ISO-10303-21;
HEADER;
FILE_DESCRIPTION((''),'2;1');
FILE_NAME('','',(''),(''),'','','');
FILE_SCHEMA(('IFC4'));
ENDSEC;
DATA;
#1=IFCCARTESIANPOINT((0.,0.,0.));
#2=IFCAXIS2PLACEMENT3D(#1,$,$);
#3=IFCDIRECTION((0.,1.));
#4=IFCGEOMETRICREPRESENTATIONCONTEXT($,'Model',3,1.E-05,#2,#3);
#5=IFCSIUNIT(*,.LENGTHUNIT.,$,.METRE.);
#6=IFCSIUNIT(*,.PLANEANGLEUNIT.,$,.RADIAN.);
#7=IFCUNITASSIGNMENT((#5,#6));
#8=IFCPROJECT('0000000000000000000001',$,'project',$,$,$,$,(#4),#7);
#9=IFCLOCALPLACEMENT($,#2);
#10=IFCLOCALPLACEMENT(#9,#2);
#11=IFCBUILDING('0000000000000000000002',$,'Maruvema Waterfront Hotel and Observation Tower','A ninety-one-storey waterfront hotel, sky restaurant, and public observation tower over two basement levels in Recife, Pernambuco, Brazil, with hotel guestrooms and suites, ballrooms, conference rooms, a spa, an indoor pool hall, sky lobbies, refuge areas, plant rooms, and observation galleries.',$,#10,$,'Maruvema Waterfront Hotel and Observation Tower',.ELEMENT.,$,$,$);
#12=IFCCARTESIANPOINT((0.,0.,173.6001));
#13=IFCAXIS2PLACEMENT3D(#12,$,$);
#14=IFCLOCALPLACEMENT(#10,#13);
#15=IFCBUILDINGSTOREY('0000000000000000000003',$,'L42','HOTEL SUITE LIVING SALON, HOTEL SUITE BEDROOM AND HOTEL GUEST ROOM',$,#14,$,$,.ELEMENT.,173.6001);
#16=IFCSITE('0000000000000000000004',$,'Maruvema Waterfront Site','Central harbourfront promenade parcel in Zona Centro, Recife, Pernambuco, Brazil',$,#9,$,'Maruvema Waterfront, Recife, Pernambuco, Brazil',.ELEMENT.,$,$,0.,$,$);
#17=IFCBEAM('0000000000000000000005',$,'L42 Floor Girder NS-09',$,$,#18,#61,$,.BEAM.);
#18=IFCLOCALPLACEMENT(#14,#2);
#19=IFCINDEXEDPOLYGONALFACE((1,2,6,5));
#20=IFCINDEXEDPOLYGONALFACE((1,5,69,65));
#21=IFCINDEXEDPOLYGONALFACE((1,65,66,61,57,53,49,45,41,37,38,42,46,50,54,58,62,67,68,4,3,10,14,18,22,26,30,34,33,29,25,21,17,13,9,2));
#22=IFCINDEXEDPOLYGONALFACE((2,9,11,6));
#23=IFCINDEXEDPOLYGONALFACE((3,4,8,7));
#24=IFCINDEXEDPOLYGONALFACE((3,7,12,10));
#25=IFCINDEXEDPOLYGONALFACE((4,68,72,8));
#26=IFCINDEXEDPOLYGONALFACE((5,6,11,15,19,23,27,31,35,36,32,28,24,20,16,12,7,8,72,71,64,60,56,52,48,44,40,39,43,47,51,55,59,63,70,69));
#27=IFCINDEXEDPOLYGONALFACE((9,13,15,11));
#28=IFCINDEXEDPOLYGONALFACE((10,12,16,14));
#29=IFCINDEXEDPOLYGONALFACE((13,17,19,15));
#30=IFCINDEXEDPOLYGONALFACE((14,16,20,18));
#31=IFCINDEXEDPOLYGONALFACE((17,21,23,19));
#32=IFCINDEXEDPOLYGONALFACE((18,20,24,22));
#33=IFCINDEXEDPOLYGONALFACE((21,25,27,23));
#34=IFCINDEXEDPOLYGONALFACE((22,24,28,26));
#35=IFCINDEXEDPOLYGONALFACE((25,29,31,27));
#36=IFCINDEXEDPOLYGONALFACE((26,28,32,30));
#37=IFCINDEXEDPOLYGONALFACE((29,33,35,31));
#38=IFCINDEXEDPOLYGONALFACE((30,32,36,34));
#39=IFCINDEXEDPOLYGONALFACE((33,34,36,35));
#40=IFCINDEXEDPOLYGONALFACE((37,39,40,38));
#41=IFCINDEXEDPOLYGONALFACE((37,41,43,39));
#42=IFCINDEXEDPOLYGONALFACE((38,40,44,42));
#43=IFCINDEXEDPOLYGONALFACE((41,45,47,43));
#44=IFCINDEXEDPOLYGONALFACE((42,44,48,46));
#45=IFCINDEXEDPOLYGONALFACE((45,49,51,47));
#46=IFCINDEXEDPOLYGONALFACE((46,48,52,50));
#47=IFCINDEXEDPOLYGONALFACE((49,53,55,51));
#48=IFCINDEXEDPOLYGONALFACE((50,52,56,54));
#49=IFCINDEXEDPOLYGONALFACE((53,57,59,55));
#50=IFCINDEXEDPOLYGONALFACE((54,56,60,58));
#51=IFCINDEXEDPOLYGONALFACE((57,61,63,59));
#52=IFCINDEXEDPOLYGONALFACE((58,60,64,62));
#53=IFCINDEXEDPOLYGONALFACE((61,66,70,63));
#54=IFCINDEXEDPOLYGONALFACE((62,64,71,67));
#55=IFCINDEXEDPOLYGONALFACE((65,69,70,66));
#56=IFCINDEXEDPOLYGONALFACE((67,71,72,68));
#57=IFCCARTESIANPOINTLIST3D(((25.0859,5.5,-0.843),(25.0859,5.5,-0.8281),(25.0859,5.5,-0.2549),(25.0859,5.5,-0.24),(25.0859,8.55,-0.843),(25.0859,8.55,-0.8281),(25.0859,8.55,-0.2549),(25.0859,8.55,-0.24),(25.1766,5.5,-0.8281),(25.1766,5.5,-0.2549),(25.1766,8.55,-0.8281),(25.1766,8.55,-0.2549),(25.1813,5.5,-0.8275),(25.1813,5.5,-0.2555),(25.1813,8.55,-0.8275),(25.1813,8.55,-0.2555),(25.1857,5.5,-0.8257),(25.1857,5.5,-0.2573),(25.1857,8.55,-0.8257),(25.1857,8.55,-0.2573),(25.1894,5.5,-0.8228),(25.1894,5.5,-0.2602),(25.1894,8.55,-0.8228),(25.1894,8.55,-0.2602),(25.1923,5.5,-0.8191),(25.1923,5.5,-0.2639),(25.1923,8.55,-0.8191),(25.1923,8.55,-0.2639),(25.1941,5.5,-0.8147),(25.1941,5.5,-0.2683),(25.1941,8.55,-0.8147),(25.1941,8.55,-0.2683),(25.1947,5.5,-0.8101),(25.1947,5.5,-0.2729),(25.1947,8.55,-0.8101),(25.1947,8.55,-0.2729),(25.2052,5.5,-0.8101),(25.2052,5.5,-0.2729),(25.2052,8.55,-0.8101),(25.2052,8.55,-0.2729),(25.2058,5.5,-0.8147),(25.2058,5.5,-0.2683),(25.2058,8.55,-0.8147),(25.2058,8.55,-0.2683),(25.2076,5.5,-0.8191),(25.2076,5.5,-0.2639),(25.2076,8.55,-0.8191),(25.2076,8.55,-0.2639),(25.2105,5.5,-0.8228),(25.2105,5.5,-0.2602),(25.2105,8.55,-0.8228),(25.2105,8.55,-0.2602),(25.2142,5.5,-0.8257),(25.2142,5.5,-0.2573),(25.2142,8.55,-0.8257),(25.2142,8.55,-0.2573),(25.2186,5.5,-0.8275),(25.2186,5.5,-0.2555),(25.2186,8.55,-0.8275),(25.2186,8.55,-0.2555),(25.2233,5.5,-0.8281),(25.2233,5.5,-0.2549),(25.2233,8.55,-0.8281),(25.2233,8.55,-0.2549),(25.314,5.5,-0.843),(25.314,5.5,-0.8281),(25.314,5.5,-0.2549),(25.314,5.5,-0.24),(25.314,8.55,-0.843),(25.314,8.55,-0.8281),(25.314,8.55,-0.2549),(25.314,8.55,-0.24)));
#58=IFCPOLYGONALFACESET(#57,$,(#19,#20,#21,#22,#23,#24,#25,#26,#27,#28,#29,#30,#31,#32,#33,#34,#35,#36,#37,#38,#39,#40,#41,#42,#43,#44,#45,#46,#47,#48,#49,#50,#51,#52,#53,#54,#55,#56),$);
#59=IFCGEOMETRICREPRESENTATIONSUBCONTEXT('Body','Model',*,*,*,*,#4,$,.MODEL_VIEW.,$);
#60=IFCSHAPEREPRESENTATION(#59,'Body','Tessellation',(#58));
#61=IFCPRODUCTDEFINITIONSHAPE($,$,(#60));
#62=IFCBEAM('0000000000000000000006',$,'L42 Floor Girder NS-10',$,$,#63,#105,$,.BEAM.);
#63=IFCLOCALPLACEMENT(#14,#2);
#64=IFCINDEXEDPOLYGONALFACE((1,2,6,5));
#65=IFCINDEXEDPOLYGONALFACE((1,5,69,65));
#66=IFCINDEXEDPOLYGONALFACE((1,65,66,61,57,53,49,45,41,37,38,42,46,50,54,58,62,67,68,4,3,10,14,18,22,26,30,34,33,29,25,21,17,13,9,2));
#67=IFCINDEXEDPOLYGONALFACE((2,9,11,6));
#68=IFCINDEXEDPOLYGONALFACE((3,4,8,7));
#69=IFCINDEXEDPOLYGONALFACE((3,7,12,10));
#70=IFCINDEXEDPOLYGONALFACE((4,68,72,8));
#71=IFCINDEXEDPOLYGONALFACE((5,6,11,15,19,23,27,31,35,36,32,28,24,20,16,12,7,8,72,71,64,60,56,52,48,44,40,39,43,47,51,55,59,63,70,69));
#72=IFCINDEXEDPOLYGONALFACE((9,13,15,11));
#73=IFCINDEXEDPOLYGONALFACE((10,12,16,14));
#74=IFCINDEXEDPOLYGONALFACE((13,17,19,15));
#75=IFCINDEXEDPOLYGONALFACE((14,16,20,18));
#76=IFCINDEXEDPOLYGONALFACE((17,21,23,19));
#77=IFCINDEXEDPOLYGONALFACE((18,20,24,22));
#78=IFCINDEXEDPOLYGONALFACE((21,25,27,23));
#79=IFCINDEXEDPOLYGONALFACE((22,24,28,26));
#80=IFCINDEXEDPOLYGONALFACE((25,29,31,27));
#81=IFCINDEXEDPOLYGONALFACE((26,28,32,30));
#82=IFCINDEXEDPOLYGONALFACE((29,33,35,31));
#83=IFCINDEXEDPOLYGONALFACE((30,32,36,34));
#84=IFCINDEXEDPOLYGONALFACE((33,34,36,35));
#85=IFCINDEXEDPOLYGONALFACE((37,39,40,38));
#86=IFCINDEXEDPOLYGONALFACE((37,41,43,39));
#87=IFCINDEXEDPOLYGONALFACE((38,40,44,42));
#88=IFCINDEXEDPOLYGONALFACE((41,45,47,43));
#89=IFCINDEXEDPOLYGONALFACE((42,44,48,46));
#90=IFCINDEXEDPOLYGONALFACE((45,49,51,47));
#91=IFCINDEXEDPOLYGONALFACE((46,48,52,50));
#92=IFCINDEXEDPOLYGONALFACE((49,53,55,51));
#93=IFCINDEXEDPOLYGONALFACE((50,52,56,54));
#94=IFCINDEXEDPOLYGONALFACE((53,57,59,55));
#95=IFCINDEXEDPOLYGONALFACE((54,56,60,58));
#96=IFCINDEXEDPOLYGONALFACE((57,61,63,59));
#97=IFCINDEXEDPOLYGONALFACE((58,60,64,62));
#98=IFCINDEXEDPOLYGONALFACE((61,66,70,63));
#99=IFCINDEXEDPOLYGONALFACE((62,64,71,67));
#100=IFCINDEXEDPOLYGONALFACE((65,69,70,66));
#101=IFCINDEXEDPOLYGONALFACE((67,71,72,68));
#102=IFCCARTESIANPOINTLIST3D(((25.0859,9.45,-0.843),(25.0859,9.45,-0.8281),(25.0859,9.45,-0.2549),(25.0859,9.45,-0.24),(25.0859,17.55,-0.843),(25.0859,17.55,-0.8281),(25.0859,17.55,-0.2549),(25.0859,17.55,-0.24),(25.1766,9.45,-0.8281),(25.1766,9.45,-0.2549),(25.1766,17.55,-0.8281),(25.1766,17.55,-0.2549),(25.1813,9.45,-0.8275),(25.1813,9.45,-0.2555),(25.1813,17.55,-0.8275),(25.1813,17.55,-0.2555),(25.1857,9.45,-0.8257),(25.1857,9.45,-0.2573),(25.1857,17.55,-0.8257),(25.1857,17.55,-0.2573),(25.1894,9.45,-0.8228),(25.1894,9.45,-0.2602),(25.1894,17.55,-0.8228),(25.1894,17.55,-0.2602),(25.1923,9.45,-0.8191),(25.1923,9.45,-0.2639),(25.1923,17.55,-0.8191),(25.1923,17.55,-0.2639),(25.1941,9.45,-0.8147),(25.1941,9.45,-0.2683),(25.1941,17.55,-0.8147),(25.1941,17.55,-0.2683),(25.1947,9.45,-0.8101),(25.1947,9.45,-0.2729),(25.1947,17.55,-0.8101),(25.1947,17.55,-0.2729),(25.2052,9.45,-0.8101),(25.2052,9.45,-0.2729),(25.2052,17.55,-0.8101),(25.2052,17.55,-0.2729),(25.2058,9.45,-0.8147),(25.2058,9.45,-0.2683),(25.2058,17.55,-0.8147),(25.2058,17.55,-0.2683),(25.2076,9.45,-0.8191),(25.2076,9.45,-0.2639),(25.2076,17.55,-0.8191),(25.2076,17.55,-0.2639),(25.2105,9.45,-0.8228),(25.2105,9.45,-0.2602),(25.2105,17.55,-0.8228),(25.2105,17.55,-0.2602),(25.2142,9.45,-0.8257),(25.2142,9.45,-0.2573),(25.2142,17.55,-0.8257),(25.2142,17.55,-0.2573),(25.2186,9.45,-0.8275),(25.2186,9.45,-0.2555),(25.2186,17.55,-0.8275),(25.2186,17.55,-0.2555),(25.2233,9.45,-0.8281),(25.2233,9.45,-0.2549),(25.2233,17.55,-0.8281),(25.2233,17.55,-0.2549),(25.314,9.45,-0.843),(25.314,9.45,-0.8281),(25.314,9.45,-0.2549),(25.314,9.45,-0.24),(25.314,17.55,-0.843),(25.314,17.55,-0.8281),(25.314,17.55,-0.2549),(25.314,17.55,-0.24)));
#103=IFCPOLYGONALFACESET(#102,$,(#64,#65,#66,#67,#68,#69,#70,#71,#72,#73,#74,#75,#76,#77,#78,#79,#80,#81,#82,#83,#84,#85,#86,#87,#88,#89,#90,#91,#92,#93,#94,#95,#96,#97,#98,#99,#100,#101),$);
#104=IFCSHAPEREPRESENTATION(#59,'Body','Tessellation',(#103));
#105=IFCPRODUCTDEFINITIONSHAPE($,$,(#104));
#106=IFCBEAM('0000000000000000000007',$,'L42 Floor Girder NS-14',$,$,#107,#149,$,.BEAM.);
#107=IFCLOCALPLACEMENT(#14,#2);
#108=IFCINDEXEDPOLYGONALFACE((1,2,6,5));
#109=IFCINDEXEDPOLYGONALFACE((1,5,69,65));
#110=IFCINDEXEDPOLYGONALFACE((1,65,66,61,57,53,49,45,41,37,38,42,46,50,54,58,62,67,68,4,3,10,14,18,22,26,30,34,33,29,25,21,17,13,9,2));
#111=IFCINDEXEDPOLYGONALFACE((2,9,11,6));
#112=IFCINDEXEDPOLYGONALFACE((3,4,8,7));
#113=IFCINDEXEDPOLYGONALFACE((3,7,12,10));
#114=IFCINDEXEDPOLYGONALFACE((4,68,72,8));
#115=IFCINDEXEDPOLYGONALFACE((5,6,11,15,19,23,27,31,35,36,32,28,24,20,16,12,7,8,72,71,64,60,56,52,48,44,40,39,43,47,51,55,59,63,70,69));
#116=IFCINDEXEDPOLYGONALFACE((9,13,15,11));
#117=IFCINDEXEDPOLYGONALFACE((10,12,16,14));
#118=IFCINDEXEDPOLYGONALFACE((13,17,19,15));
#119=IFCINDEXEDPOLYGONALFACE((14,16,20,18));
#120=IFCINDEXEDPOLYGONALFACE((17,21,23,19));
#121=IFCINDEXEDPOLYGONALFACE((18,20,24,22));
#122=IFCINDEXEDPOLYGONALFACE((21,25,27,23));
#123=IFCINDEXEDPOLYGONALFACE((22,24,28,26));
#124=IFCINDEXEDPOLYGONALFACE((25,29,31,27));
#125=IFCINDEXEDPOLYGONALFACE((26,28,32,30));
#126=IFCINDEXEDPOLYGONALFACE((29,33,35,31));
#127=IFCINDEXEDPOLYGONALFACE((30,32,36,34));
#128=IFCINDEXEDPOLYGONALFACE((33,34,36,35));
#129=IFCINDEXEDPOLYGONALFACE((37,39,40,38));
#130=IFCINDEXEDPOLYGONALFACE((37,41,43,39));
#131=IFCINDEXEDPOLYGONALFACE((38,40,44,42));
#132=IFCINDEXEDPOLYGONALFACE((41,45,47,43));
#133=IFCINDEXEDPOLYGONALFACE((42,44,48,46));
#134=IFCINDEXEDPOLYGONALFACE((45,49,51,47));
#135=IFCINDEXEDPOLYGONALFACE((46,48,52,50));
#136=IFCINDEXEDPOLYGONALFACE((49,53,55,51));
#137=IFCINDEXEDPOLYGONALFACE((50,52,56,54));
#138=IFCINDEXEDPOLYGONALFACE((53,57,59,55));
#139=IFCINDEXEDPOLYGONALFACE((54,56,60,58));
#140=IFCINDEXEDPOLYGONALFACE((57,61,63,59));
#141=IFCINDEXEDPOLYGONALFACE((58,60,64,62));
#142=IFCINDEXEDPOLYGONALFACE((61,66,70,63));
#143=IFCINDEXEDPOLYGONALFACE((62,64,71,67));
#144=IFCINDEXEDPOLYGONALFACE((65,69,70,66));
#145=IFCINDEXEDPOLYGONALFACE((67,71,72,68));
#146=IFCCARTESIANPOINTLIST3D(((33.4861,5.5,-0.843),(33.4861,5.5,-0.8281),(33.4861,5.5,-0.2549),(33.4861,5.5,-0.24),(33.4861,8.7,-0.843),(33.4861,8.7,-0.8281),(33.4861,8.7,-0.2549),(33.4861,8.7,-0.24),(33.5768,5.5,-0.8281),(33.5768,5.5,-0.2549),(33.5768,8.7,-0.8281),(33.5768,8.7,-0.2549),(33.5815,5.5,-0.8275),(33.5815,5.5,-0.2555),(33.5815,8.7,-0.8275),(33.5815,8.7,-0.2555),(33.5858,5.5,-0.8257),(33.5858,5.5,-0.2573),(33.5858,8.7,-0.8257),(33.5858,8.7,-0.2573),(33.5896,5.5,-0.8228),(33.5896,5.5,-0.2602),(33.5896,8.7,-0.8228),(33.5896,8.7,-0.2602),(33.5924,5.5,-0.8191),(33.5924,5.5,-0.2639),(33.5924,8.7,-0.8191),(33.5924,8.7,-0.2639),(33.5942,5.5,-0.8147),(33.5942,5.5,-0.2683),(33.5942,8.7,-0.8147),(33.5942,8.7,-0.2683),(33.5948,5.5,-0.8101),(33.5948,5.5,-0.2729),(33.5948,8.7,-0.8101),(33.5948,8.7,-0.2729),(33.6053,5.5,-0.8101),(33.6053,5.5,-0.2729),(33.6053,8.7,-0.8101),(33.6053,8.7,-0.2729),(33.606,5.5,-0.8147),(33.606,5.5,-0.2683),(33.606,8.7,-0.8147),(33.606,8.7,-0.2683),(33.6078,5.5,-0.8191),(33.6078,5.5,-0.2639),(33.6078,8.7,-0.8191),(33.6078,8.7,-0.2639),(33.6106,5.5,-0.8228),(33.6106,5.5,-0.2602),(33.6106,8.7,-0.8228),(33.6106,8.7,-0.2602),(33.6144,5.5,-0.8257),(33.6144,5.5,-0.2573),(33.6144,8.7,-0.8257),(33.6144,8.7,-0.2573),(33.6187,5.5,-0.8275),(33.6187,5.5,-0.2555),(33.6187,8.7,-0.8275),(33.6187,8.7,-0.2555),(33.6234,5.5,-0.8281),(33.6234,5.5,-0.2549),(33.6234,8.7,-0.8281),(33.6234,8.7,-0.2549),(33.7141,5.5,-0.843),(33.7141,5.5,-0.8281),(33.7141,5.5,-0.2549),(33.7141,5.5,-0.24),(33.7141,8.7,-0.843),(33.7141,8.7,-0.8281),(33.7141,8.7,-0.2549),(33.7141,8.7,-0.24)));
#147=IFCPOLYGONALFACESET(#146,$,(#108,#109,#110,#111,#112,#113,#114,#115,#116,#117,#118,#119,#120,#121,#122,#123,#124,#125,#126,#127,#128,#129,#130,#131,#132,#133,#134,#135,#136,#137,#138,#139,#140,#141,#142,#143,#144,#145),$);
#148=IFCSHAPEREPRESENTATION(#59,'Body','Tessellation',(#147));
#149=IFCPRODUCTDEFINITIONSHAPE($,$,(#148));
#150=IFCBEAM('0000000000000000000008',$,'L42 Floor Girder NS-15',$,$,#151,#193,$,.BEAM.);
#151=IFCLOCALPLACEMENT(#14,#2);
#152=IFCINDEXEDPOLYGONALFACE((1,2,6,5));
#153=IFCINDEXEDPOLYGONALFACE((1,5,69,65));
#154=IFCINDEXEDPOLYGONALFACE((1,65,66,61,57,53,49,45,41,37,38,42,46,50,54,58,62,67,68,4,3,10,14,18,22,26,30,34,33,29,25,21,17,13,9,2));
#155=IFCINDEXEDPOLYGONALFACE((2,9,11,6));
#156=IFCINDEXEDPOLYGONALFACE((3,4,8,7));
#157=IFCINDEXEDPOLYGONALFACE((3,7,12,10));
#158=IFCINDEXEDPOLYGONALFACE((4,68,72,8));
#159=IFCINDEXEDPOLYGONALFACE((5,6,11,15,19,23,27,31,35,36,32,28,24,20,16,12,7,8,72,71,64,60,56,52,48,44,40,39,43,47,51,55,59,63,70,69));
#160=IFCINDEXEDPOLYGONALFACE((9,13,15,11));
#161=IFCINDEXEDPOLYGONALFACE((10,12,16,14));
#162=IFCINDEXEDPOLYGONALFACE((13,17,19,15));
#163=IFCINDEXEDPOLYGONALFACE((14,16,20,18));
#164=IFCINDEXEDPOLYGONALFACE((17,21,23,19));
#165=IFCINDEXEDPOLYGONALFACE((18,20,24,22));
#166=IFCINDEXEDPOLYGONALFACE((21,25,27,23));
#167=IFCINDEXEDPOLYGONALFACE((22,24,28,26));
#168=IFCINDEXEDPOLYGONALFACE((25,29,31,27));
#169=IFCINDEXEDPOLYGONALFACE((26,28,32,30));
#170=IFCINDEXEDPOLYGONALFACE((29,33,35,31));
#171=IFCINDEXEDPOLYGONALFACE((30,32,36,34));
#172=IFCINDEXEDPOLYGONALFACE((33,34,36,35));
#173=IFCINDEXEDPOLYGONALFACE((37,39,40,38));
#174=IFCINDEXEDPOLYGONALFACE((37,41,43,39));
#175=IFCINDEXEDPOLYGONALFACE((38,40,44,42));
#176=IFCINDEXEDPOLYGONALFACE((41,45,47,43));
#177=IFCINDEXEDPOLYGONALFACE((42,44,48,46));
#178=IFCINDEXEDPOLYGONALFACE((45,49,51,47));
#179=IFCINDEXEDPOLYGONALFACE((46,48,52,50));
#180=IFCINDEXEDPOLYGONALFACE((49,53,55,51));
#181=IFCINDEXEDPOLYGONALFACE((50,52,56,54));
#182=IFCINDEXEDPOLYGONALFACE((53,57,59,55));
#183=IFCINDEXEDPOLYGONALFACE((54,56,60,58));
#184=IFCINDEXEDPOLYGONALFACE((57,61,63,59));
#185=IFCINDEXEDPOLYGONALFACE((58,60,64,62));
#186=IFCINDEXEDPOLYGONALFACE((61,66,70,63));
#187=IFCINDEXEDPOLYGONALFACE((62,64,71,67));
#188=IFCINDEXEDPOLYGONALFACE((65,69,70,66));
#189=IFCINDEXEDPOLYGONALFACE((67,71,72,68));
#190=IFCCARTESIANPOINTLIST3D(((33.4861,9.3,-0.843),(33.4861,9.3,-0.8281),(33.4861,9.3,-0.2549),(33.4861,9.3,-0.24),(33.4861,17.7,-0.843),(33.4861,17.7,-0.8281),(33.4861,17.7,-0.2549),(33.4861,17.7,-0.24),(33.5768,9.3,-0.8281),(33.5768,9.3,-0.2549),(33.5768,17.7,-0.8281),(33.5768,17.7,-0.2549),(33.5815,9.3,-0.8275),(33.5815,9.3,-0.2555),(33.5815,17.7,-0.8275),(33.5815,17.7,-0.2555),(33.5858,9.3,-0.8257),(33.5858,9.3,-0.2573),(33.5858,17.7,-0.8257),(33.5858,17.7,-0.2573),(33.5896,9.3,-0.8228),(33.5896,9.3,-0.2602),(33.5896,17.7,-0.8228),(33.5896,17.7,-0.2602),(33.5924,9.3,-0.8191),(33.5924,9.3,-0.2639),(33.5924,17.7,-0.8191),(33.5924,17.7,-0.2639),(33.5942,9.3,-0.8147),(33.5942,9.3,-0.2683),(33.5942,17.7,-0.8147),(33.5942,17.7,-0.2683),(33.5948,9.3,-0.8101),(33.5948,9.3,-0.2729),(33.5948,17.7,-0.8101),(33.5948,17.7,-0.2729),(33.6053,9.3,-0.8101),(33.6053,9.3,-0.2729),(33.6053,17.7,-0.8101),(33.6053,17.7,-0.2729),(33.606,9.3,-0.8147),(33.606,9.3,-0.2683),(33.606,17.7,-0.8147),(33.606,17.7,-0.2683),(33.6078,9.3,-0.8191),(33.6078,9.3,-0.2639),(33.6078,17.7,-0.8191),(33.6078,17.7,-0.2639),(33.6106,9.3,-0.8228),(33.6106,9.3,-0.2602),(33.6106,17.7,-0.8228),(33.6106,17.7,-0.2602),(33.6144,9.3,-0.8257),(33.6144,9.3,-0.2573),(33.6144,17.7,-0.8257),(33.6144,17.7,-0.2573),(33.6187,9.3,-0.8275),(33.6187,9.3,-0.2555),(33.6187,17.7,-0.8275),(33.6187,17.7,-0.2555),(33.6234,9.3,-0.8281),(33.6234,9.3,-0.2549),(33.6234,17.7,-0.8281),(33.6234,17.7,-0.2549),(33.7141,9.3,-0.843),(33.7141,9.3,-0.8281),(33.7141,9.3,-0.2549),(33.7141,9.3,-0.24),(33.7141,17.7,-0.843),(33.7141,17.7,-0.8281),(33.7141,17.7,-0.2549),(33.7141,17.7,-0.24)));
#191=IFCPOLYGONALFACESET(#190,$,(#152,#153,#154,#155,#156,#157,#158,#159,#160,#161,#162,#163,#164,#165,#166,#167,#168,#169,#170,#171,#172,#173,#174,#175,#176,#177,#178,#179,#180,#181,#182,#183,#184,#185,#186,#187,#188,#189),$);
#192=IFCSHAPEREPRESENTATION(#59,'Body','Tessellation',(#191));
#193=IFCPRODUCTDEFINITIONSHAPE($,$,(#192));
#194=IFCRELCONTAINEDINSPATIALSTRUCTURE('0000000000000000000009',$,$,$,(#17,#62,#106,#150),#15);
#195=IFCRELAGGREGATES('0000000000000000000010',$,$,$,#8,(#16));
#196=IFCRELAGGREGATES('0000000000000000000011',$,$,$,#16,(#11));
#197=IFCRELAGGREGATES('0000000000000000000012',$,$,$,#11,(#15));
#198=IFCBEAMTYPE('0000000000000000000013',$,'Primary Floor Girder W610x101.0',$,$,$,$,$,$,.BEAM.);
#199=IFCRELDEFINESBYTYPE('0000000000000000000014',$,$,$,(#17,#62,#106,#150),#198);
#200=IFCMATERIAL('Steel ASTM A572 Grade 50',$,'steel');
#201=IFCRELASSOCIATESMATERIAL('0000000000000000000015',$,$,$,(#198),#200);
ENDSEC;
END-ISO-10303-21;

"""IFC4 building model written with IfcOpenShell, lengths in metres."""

from ifc_helpers import new_model, si_unit, direction, frame, origin, origin_2d, place, context, subcontext, project, spatial, i_section, extrude, material, material_profile, profile_set, type_object, element, save


model = new_model("IFC4")

# Units and contexts
model_context = context("Model", 3, precision=1e-05, world=origin(), true_north=direction((0.0, 1.0)))
body_context = subcontext(model_context, "Body", "Model", "MODEL_VIEW")
ifc_project = project(units=[si_unit("LENGTHUNIT", "METRE"), si_unit("PLANEANGLEUNIT", "RADIAN")], contexts=[model_context])

# Site, building, storey
site_placement = place(None, origin())
site = spatial("IfcSite", under=ifc_project, at=site_placement, Name="Maruvema Waterfront Site", Description="Central harbourfront promenade parcel in Zona Centro, Recife, Pernambuco, Brazil", LongName="Maruvema Waterfront, Recife, Pernambuco, Brazil", CompositionType="ELEMENT", RefElevation=0.0)
building_placement = place(site_placement, origin())
building = spatial("IfcBuilding", under=site, at=building_placement, Name="Maruvema Waterfront Hotel and Observation Tower", Description="A ninety-one-storey waterfront hotel, sky restaurant, and public observation tower over two basement levels in Recife, Pernambuco, Brazil, with hotel guestrooms and suites, ballrooms, conference rooms, a spa, an indoor pool hall, sky lobbies, refuge areas, plant rooms, and observation galleries.", LongName="Maruvema Waterfront Hotel and Observation Tower", CompositionType="ELEMENT")
storey_placement = place(building_placement, frame((0.0, 0.0, 173.6001)))
storey = spatial("IfcBuildingStorey", under=building, at=storey_placement, Name="L42", Description="HOTEL SUITE LIVING SALON, HOTEL SUITE BEDROOM AND HOTEL GUEST ROOM", CompositionType="ELEMENT", Elevation=173.6001)

# Beams
ifc_material_1 = material(Name="Steel ASTM A572 Grade 50", Category="steel")
ifc_material_profile_1 = material_profile(ifc_material_1, i_section(OverallWidth=0.228, OverallDepth=0.603, WebThickness=0.0105, FlangeThickness=0.0149, FilletRadius=0.0181, at=origin_2d()), Name="W610x101.0")
ifc_profile_set_1 = profile_set([ifc_material_profile_1], Name="Steel ASTM A572 Grade 50")
beam_type_1 = type_object("IfcBeamType", Name="Primary Floor Girder W610x101.0", PredefinedType="BEAM", material=ifc_profile_set_1)
beam_1_placement = place(storey_placement, frame((25.2, 5.5, -0.5415), z_axis=(0.0, 1.0, 0.0), x_axis=(-1.0, 0.0, 0.0)))
element("IfcBeam", 1, at=beam_1_placement, inside=storey, type_object=beam_type_1, Name="L42 Floor Girder NS-09", PredefinedType="BEAM", context=body_context, shape_type="SweptSolid", body=[
    extrude(i_section(OverallWidth=0.228, OverallDepth=0.603, WebThickness=0.0105, FlangeThickness=0.0149, FilletRadius=0.0181, at=origin_2d()), origin(), (0.0, 0.0, 1.0), 3.05),
])
beam_2_placement = place(storey_placement, frame((25.2, 9.45, -0.5415), z_axis=(0.0, 1.0, 0.0), x_axis=(-1.0, 0.0, 0.0)))
element("IfcBeam", 2, at=beam_2_placement, inside=storey, type_object=beam_type_1, Name="L42 Floor Girder NS-10", PredefinedType="BEAM", context=body_context, shape_type="SweptSolid", body=[
    extrude(i_section(OverallWidth=0.228, OverallDepth=0.603, WebThickness=0.0105, FlangeThickness=0.0149, FilletRadius=0.0181, at=origin_2d()), origin(), (0.0, 0.0, 1.0), 8.1001),
])
beam_3_placement = place(storey_placement, frame((33.6001, 5.5, -0.5415), z_axis=(0.0, 1.0, 0.0), x_axis=(-1.0, 0.0, 0.0)))
element("IfcBeam", 3, at=beam_3_placement, inside=storey, type_object=beam_type_1, Name="L42 Floor Girder NS-14", PredefinedType="BEAM", context=body_context, shape_type="SweptSolid", body=[
    extrude(i_section(OverallWidth=0.228, OverallDepth=0.603, WebThickness=0.0105, FlangeThickness=0.0149, FilletRadius=0.0181, at=origin_2d()), origin(), (0.0, 0.0, 1.0), 3.2),
])
beam_4_placement = place(storey_placement, frame((33.6001, 9.3, -0.5415), z_axis=(0.0, 1.0, 0.0), x_axis=(-1.0, 0.0, 0.0)))
element("IfcBeam", 4, at=beam_4_placement, inside=storey, type_object=beam_type_1, Name="L42 Floor Girder NS-15", PredefinedType="BEAM", context=body_context, shape_type="SweptSolid", body=[
    extrude(i_section(OverallWidth=0.228, OverallDepth=0.603, WebThickness=0.0105, FlangeThickness=0.0149, FilletRadius=0.0181, at=origin_2d()), origin(), (0.0, 0.0, 1.0), 8.3999),
])

save(model, "model.ifc")
